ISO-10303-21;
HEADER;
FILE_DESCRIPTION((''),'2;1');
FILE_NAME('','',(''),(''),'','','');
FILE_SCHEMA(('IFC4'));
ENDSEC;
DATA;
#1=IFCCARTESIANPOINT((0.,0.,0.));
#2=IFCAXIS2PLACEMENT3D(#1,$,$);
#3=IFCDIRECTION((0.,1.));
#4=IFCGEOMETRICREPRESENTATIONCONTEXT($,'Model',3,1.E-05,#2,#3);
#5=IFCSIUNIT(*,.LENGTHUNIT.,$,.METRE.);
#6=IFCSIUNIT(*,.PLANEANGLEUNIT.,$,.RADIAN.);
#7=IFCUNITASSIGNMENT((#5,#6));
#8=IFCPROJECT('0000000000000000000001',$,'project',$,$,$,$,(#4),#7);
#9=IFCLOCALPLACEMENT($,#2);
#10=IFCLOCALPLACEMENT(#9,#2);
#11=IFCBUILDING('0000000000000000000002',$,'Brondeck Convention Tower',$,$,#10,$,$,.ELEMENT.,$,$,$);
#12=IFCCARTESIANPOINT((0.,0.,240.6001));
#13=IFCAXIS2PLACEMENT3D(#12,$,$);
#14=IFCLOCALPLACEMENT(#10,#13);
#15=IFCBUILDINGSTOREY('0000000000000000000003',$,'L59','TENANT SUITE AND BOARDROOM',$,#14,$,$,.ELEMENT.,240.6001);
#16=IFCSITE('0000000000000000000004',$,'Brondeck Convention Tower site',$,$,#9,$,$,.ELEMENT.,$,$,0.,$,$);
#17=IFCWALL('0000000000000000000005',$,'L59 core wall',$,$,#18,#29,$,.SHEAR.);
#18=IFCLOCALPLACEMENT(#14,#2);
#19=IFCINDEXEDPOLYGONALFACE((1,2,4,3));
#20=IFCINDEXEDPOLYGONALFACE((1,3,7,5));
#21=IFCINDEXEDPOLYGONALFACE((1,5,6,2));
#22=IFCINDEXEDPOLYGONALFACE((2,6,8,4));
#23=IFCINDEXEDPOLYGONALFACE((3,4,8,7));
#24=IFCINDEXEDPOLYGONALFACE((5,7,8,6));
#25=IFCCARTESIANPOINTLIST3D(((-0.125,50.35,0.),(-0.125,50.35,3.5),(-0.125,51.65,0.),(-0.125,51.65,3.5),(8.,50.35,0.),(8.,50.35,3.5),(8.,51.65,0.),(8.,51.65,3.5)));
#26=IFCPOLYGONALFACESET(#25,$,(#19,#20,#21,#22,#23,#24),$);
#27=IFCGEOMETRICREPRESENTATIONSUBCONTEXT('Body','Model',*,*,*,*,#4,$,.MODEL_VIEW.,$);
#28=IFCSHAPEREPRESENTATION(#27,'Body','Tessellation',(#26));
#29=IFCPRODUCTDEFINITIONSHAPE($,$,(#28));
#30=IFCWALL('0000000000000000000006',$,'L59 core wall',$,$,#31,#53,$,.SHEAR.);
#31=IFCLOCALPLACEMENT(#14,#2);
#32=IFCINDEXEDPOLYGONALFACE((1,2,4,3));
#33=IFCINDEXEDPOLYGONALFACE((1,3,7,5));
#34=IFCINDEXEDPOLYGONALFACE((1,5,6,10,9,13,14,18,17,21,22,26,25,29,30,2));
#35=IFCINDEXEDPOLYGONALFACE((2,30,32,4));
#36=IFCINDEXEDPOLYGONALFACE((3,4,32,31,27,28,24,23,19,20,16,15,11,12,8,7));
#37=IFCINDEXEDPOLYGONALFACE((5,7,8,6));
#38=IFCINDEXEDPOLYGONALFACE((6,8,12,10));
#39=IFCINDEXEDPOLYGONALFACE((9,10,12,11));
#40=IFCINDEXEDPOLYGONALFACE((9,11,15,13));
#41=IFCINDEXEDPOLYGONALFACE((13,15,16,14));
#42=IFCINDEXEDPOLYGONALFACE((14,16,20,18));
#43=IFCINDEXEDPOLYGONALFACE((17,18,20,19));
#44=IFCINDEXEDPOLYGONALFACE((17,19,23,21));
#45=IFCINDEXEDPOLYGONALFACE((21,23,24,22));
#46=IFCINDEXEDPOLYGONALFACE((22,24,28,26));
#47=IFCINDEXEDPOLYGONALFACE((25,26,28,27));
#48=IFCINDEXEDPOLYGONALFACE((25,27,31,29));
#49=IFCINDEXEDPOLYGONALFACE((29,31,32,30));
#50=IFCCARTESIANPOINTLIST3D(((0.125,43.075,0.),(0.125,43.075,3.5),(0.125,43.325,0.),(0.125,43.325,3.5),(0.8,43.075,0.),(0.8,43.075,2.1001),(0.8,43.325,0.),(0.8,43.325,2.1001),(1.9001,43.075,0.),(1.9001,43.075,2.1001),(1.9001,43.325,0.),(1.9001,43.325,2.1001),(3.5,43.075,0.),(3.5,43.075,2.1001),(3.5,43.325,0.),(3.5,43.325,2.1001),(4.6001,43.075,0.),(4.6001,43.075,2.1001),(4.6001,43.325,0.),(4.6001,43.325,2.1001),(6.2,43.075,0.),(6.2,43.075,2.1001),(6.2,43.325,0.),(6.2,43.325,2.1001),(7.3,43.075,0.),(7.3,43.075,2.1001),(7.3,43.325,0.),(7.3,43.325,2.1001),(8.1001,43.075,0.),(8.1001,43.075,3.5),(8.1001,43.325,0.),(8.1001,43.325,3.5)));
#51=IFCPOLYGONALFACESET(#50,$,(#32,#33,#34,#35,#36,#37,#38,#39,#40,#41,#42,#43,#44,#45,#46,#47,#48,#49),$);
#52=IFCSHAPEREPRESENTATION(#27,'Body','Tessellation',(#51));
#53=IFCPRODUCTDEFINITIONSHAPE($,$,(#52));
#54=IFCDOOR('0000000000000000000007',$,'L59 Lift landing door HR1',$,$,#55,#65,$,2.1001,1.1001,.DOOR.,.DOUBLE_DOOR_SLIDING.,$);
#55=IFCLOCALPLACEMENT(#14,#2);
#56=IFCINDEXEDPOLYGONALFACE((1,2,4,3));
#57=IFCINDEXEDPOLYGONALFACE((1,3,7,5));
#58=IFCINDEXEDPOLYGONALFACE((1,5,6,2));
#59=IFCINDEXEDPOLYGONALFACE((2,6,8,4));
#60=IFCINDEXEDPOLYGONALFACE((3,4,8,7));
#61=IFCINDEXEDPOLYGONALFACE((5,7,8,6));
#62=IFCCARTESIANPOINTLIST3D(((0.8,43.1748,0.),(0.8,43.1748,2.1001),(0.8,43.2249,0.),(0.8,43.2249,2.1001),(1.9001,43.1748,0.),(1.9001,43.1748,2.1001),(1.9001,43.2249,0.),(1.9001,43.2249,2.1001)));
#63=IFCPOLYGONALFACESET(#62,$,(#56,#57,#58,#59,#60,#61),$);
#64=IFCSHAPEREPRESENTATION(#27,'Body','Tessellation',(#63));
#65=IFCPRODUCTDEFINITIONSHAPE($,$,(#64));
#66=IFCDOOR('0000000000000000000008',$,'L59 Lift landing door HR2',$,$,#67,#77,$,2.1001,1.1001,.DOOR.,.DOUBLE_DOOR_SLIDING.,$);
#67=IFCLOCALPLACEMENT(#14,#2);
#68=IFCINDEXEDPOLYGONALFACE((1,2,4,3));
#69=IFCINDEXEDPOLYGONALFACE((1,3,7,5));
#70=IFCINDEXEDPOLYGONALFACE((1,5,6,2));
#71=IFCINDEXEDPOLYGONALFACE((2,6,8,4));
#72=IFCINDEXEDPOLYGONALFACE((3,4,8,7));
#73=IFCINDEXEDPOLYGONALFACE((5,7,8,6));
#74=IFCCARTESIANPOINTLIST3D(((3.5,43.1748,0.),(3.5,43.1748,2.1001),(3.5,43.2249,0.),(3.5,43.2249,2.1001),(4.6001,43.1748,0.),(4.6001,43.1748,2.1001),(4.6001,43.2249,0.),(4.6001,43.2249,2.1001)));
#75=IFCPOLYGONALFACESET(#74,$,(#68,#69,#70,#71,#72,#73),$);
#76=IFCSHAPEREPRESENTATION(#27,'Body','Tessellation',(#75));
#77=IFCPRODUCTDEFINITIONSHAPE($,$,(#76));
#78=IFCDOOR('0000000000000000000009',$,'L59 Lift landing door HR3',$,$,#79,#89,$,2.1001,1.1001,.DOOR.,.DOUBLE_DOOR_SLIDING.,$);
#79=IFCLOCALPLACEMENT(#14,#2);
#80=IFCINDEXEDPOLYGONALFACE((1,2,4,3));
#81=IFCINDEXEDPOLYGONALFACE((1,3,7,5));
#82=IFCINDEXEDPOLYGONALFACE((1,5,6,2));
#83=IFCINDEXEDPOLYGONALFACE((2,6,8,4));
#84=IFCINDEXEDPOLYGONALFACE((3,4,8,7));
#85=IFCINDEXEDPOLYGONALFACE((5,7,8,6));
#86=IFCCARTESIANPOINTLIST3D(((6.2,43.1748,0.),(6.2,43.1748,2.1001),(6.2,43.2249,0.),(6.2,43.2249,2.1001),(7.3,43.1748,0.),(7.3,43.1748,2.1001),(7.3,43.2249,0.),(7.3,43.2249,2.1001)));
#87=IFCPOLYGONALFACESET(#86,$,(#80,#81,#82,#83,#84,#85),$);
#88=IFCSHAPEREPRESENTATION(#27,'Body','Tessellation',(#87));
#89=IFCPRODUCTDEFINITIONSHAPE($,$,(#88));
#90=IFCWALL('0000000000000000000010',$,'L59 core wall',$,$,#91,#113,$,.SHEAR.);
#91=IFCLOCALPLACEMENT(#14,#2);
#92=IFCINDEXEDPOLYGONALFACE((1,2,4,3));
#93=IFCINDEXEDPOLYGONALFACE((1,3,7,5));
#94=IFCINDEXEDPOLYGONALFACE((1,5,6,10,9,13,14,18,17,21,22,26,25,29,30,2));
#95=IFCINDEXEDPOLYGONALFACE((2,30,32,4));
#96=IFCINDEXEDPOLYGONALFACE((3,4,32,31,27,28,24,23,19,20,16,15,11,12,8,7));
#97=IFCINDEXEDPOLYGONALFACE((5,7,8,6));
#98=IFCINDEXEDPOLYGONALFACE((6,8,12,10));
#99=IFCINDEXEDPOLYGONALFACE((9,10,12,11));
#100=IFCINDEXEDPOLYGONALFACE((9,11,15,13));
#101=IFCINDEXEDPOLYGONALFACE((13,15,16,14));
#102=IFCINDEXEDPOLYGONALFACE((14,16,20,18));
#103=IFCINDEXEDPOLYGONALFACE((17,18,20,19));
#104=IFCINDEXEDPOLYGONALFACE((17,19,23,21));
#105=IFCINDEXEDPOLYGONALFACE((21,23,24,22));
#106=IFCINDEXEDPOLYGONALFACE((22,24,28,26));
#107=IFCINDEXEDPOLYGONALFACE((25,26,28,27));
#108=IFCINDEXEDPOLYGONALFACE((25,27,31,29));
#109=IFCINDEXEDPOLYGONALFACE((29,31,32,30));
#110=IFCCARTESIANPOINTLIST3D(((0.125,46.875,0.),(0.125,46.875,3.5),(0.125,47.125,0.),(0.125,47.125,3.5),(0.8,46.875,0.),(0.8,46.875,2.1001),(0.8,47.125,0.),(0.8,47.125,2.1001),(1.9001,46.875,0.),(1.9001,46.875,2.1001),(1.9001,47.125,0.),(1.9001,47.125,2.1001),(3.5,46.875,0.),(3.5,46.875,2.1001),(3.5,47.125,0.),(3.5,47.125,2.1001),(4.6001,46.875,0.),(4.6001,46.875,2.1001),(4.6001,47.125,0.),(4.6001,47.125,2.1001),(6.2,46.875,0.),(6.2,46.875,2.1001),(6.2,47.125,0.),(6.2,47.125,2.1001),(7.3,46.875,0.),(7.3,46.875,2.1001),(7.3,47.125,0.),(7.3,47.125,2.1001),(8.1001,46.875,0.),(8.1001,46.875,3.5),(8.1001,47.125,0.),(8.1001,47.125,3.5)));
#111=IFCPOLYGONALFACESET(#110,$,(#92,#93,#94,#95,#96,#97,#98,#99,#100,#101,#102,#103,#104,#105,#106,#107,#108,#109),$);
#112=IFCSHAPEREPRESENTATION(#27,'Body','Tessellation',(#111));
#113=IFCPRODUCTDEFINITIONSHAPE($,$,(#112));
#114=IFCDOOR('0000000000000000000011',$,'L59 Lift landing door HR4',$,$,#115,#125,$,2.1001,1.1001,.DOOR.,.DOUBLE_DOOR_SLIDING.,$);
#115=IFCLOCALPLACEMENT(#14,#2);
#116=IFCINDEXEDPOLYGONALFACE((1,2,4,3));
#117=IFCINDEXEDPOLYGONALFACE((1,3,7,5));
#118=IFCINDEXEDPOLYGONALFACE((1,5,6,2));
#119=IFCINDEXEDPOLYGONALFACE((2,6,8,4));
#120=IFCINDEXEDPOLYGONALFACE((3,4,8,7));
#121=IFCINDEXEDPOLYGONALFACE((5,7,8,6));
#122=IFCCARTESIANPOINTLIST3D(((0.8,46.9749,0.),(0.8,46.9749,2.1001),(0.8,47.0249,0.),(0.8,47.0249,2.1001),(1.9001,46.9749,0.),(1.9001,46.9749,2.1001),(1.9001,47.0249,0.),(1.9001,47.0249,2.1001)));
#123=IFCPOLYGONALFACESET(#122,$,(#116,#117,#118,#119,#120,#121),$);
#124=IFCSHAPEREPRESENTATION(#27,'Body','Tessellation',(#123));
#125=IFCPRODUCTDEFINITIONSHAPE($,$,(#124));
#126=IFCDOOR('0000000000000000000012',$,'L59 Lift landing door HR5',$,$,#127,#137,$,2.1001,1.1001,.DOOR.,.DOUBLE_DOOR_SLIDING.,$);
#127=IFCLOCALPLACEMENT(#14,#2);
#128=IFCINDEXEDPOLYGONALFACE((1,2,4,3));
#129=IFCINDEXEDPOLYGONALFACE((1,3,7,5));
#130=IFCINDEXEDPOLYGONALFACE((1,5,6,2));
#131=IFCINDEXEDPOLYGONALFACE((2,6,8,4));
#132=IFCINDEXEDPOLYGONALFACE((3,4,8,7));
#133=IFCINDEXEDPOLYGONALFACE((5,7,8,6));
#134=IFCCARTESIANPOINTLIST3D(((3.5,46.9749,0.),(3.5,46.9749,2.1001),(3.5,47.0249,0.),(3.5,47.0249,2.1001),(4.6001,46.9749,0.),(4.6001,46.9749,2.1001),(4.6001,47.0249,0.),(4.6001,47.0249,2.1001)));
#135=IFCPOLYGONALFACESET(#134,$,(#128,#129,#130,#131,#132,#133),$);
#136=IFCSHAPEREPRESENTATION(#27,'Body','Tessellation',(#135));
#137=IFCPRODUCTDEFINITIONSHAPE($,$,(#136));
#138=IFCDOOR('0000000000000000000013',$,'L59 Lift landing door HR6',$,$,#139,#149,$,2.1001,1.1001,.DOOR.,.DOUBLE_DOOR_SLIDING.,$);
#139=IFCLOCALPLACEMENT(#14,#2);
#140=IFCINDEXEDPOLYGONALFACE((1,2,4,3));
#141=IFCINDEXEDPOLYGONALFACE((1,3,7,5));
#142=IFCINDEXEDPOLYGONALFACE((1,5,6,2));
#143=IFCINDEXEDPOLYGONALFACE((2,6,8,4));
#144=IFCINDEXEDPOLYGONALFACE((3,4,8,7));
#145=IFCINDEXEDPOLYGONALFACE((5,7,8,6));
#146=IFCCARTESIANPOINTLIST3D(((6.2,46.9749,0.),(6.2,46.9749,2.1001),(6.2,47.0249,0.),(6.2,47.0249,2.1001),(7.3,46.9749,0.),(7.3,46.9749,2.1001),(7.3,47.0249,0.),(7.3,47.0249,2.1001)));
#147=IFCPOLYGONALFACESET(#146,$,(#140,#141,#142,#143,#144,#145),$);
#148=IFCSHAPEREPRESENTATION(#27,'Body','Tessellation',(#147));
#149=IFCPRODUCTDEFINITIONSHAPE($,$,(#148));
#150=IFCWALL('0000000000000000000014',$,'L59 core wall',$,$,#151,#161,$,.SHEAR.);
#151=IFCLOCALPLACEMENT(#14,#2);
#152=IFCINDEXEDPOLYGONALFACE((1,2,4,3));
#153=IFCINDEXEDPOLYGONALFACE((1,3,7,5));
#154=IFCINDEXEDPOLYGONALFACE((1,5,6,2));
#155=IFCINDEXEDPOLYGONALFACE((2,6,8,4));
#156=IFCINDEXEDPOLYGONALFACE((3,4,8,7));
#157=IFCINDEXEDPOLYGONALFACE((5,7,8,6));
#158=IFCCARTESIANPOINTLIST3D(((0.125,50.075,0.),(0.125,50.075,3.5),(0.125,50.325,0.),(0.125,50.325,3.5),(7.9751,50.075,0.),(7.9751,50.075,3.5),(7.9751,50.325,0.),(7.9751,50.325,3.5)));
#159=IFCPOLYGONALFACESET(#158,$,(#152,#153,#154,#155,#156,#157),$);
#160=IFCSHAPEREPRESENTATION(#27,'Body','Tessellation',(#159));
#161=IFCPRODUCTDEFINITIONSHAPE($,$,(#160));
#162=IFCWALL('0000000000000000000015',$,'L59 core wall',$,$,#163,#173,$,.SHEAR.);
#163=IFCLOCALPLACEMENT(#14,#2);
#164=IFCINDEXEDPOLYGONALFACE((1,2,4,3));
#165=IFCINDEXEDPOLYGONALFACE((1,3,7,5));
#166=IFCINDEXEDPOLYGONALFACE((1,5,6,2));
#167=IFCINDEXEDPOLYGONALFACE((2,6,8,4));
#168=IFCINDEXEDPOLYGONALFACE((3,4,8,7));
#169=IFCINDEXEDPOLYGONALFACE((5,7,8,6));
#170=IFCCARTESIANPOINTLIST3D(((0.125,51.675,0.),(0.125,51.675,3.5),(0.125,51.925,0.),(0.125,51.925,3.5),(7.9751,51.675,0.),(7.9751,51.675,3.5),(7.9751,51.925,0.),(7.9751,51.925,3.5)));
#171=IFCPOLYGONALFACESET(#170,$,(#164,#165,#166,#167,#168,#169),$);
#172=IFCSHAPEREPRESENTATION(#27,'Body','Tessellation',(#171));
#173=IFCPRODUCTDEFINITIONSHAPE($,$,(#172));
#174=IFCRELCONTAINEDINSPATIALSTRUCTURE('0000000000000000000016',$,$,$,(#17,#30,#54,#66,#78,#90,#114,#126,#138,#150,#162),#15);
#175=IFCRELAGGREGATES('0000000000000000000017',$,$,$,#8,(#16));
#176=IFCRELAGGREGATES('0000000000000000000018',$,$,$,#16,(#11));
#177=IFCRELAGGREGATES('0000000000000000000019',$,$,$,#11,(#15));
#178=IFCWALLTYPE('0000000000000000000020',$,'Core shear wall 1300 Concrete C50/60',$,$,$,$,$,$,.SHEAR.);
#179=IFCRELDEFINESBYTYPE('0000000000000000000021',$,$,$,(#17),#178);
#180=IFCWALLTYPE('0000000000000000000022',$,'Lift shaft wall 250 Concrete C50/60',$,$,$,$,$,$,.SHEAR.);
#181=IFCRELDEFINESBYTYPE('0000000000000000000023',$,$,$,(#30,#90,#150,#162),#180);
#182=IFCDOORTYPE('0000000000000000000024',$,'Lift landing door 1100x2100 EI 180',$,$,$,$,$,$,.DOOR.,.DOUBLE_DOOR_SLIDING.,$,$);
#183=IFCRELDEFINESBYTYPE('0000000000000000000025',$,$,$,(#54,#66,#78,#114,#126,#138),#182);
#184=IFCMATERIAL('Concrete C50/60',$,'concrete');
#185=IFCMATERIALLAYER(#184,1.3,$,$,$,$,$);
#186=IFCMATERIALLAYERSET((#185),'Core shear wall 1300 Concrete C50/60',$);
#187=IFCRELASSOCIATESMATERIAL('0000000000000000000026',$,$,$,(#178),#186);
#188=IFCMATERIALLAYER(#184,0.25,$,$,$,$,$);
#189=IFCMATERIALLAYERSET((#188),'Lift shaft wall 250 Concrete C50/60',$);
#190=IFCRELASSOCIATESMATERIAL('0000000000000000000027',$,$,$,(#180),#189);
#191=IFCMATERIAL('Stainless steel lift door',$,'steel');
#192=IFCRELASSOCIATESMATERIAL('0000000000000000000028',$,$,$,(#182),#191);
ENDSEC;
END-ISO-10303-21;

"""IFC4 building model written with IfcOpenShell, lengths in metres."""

from ifc_helpers import new_model, si_unit, direction, frame, frame_2d, origin, place, context, subcontext, project, spatial, rectangle, extrude, material, layer, layer_set, type_object, element, fill, save


model = new_model("IFC4")

# Units and contexts
model_context = context("Model", 3, precision=1e-05, world=origin(), true_north=direction((0.0, 1.0)))
body_context = subcontext(model_context, "Body", "Model", "MODEL_VIEW")
ifc_project = project(units=[si_unit("LENGTHUNIT", "METRE"), si_unit("PLANEANGLEUNIT", "RADIAN")], contexts=[model_context])

# Site, building, storey
site_placement = place(None, origin())
site = spatial("IfcSite", under=ifc_project, at=site_placement, Name="Brondeck Convention Tower site", CompositionType="ELEMENT", RefElevation=0.0)
building_placement = place(site_placement, origin())
building = spatial("IfcBuilding", under=site, at=building_placement, Name="Brondeck Convention Tower", CompositionType="ELEMENT")
storey_placement = place(building_placement, frame((0.0, 0.0, 240.6001)))
storey = spatial("IfcBuildingStorey", under=building, at=storey_placement, Name="L59", Description="TENANT SUITE AND BOARDROOM", CompositionType="ELEMENT", Elevation=240.6001)

# Shared definitions
ifc_material_1 = material(Name="Concrete C50/60", Category="concrete")

# Wall
ifc_layer_1 = layer(ifc_material_1, 1.3)
ifc_layer_set_1 = layer_set([ifc_layer_1], Name="Core shear wall 1300 Concrete C50/60")
wall_type_1 = type_object("IfcWallType", Name="Core shear wall 1300 Concrete C50/60", PredefinedType="SHEAR", material=ifc_layer_set_1)
wall_1_placement = place(storey_placement, frame((-0.125, 51.0, 0.0), z_axis=(0.0, 0.0, 1.0), x_axis=(1.0, 0.0, 0.0)))
element("IfcWall", 1, at=wall_1_placement, inside=storey, type_object=wall_type_1, Name="L59 core wall", PredefinedType="SHEAR", context=body_context, shape_type="SweptSolid", body=[
    extrude(rectangle(XDim=8.125, YDim=1.3, at=frame_2d((4.0625, 0.0))), origin(), (0.0, 0.0, 1.0), 3.5),
])

# Walls, openings, doors
ifc_layer_2 = layer(ifc_material_1, 0.25)
ifc_layer_set_2 = layer_set([ifc_layer_2], Name="Lift shaft wall 250 Concrete C50/60")
wall_type_2 = type_object("IfcWallType", Name="Lift shaft wall 250 Concrete C50/60", PredefinedType="SHEAR", material=ifc_layer_set_2)
wall_2_placement = place(storey_placement, frame((0.125, 43.2, 0.0), z_axis=(0.0, 0.0, 1.0), x_axis=(1.0, 0.0, 0.0)))
wall_2 = element("IfcWall", 2, at=wall_2_placement, inside=storey, type_object=wall_type_2, Name="L59 core wall", PredefinedType="SHEAR", context=body_context, shape_type="SweptSolid", body=[
    extrude(rectangle(XDim=7.9751, YDim=0.25, at=frame_2d((3.9875, 0.0))), origin(), (0.0, 0.0, 1.0), 3.5),
])
opening_1_placement = place(wall_2_placement, frame((0.675, 0.0, 0.0)))
opening_1 = element("IfcOpeningElement", 3, at=opening_1_placement, cuts=wall_2, PredefinedType="OPENING", context=body_context, shape_type="SweptSolid", body=[
    extrude(rectangle(XDim=1.1001, YDim=2.1001, at=frame_2d((0.55, 1.05))), frame((0.0, 0.135, 0.0), z_axis=(0.0, -1.0, 0.0), x_axis=(1.0, 0.0, 0.0)), (0.0, 0.0, 1.0), 0.27),
])
opening_2_placement = place(wall_2_placement, frame((3.375, 0.0, 0.0)))
opening_2 = element("IfcOpeningElement", 4, at=opening_2_placement, cuts=wall_2, PredefinedType="OPENING", context=body_context, shape_type="SweptSolid", body=[
    extrude(rectangle(XDim=1.1001, YDim=2.1001, at=frame_2d((0.55, 1.05))), frame((0.0, 0.135, 0.0), z_axis=(0.0, -1.0, 0.0), x_axis=(1.0, 0.0, 0.0)), (0.0, 0.0, 1.0), 0.27),
])
opening_3_placement = place(wall_2_placement, frame((6.075, 0.0, 0.0)))
opening_3 = element("IfcOpeningElement", 5, at=opening_3_placement, cuts=wall_2, PredefinedType="OPENING", context=body_context, shape_type="SweptSolid", body=[
    extrude(rectangle(XDim=1.1001, YDim=2.1001, at=frame_2d((0.55, 1.05))), frame((0.0, 0.135, 0.0), z_axis=(0.0, -1.0, 0.0), x_axis=(1.0, 0.0, 0.0)), (0.0, 0.0, 1.0), 0.27),
])
ifc_material_2 = material(Name="Stainless steel lift door", Category="steel")
door_type_1 = type_object("IfcDoorType", Name="Lift landing door 1100x2100 EI 180", OperationType="DOUBLE_DOOR_SLIDING", PredefinedType="DOOR", material=ifc_material_2)
door_1_placement = place(opening_1_placement, origin())
door_1 = element("IfcDoor", 6, at=door_1_placement, inside=storey, type_object=door_type_1, Name="L59 Lift landing door HR1", OperationType="DOUBLE_DOOR_SLIDING", OverallHeight=2.1001, OverallWidth=1.1001, PredefinedType="DOOR", context=body_context, shape_type="SweptSolid", body=[
    extrude(rectangle(XDim=1.1001, YDim=2.1001, at=frame_2d((0.55, 1.05))), frame((0.0, 0.0249, 0.0), z_axis=(0.0, -1.0, 0.0), x_axis=(1.0, 0.0, 0.0)), (0.0, 0.0, 1.0), 0.05),
])
fill(opening_1, door_1)
door_2_placement = place(opening_2_placement, origin())
door_2 = element("IfcDoor", 7, at=door_2_placement, inside=storey, type_object=door_type_1, Name="L59 Lift landing door HR2", OperationType="DOUBLE_DOOR_SLIDING", OverallHeight=2.1001, OverallWidth=1.1001, PredefinedType="DOOR", context=body_context, shape_type="SweptSolid", body=[
    extrude(rectangle(XDim=1.1001, YDim=2.1001, at=frame_2d((0.55, 1.05))), frame((0.0, 0.0249, 0.0), z_axis=(0.0, -1.0, 0.0), x_axis=(1.0, 0.0, 0.0)), (0.0, 0.0, 1.0), 0.05),
])
fill(opening_2, door_2)
door_3_placement = place(opening_3_placement, origin())
door_3 = element("IfcDoor", 8, at=door_3_placement, inside=storey, type_object=door_type_1, Name="L59 Lift landing door HR3", OperationType="DOUBLE_DOOR_SLIDING", OverallHeight=2.1001, OverallWidth=1.1001, PredefinedType="DOOR", context=body_context, shape_type="SweptSolid", body=[
    extrude(rectangle(XDim=1.1001, YDim=2.1001, at=frame_2d((0.55, 1.05))), frame((0.0, 0.0249, 0.0), z_axis=(0.0, -1.0, 0.0), x_axis=(1.0, 0.0, 0.0)), (0.0, 0.0, 1.0), 0.05),
])
fill(opening_3, door_3)
wall_3_placement = place(storey_placement, frame((0.125, 47.0, 0.0), z_axis=(0.0, 0.0, 1.0), x_axis=(1.0, 0.0, 0.0)))
wall_3 = element("IfcWall", 9, at=wall_3_placement, inside=storey, type_object=wall_type_2, Name="L59 core wall", PredefinedType="SHEAR", context=body_context, shape_type="SweptSolid", body=[
    extrude(rectangle(XDim=7.9751, YDim=0.25, at=frame_2d((3.9875, 0.0))), origin(), (0.0, 0.0, 1.0), 3.5),
])
opening_4_placement = place(wall_3_placement, frame((0.675, 0.0, 0.0)))
opening_4 = element("IfcOpeningElement", 10, at=opening_4_placement, cuts=wall_3, PredefinedType="OPENING", context=body_context, shape_type="SweptSolid", body=[
    extrude(rectangle(XDim=1.1001, YDim=2.1001, at=frame_2d((0.55, 1.05))), frame((0.0, 0.135, 0.0), z_axis=(0.0, -1.0, 0.0), x_axis=(1.0, 0.0, 0.0)), (0.0, 0.0, 1.0), 0.27),
])
opening_5_placement = place(wall_3_placement, frame((3.375, 0.0, 0.0)))
opening_5 = element("IfcOpeningElement", 11, at=opening_5_placement, cuts=wall_3, PredefinedType="OPENING", context=body_context, shape_type="SweptSolid", body=[
    extrude(rectangle(XDim=1.1001, YDim=2.1001, at=frame_2d((0.55, 1.05))), frame((0.0, 0.135, 0.0), z_axis=(0.0, -1.0, 0.0), x_axis=(1.0, 0.0, 0.0)), (0.0, 0.0, 1.0), 0.27),
])
opening_6_placement = place(wall_3_placement, frame((6.075, 0.0, 0.0)))
opening_6 = element("IfcOpeningElement", 12, at=opening_6_placement, cuts=wall_3, PredefinedType="OPENING", context=body_context, shape_type="SweptSolid", body=[
    extrude(rectangle(XDim=1.1001, YDim=2.1001, at=frame_2d((0.55, 1.05))), frame((0.0, 0.135, 0.0), z_axis=(0.0, -1.0, 0.0), x_axis=(1.0, 0.0, 0.0)), (0.0, 0.0, 1.0), 0.27),
])
door_4_placement = place(opening_4_placement, origin())
door_4 = element("IfcDoor", 13, at=door_4_placement, inside=storey, type_object=door_type_1, Name="L59 Lift landing door HR4", OperationType="DOUBLE_DOOR_SLIDING", OverallHeight=2.1001, OverallWidth=1.1001, PredefinedType="DOOR", context=body_context, shape_type="SweptSolid", body=[
    extrude(rectangle(XDim=1.1001, YDim=2.1001, at=frame_2d((0.55, 1.05))), frame((0.0, 0.0249, 0.0), z_axis=(0.0, -1.0, 0.0), x_axis=(1.0, 0.0, 0.0)), (0.0, 0.0, 1.0), 0.05),
])
fill(opening_4, door_4)
door_5_placement = place(opening_5_placement, origin())
door_5 = element("IfcDoor", 14, at=door_5_placement, inside=storey, type_object=door_type_1, Name="L59 Lift landing door HR5", OperationType="DOUBLE_DOOR_SLIDING", OverallHeight=2.1001, OverallWidth=1.1001, PredefinedType="DOOR", context=body_context, shape_type="SweptSolid", body=[
    extrude(rectangle(XDim=1.1001, YDim=2.1001, at=frame_2d((0.55, 1.05))), frame((0.0, 0.0249, 0.0), z_axis=(0.0, -1.0, 0.0), x_axis=(1.0, 0.0, 0.0)), (0.0, 0.0, 1.0), 0.05),
])
fill(opening_5, door_5)
door_6_placement = place(opening_6_placement, origin())
door_6 = element("IfcDoor", 15, at=door_6_placement, inside=storey, type_object=door_type_1, Name="L59 Lift landing door HR6", OperationType="DOUBLE_DOOR_SLIDING", OverallHeight=2.1001, OverallWidth=1.1001, PredefinedType="DOOR", context=body_context, shape_type="SweptSolid", body=[
    extrude(rectangle(XDim=1.1001, YDim=2.1001, at=frame_2d((0.55, 1.05))), frame((0.0, 0.0249, 0.0), z_axis=(0.0, -1.0, 0.0), x_axis=(1.0, 0.0, 0.0)), (0.0, 0.0, 1.0), 0.05),
])
fill(opening_6, door_6)

# Walls
for number, where, z_axis, x_axis, name in (
    (16, (0.125, 50.2, 0.0), (0.0, 0.0, 1.0), (1.0, 0.0, 0.0), "L59 core wall"),
    (17, (0.125, 51.8, 0.0), (0.0, 0.0, 1.0), (1.0, 0.0, 0.0), "L59 core wall"),
):
    element("IfcWall", number, at=place(storey_placement, frame(where, z_axis=z_axis, x_axis=x_axis)), inside=storey, type_object=wall_type_2, Name=name, PredefinedType="SHEAR", context=body_context, shape_type="SweptSolid", body=[
        extrude(rectangle(XDim=7.8501, YDim=0.25, at=frame_2d((3.925, 0.0))), origin(), (0.0, 0.0, 1.0), 3.5),
    ])

save(model, "model.ifc")
